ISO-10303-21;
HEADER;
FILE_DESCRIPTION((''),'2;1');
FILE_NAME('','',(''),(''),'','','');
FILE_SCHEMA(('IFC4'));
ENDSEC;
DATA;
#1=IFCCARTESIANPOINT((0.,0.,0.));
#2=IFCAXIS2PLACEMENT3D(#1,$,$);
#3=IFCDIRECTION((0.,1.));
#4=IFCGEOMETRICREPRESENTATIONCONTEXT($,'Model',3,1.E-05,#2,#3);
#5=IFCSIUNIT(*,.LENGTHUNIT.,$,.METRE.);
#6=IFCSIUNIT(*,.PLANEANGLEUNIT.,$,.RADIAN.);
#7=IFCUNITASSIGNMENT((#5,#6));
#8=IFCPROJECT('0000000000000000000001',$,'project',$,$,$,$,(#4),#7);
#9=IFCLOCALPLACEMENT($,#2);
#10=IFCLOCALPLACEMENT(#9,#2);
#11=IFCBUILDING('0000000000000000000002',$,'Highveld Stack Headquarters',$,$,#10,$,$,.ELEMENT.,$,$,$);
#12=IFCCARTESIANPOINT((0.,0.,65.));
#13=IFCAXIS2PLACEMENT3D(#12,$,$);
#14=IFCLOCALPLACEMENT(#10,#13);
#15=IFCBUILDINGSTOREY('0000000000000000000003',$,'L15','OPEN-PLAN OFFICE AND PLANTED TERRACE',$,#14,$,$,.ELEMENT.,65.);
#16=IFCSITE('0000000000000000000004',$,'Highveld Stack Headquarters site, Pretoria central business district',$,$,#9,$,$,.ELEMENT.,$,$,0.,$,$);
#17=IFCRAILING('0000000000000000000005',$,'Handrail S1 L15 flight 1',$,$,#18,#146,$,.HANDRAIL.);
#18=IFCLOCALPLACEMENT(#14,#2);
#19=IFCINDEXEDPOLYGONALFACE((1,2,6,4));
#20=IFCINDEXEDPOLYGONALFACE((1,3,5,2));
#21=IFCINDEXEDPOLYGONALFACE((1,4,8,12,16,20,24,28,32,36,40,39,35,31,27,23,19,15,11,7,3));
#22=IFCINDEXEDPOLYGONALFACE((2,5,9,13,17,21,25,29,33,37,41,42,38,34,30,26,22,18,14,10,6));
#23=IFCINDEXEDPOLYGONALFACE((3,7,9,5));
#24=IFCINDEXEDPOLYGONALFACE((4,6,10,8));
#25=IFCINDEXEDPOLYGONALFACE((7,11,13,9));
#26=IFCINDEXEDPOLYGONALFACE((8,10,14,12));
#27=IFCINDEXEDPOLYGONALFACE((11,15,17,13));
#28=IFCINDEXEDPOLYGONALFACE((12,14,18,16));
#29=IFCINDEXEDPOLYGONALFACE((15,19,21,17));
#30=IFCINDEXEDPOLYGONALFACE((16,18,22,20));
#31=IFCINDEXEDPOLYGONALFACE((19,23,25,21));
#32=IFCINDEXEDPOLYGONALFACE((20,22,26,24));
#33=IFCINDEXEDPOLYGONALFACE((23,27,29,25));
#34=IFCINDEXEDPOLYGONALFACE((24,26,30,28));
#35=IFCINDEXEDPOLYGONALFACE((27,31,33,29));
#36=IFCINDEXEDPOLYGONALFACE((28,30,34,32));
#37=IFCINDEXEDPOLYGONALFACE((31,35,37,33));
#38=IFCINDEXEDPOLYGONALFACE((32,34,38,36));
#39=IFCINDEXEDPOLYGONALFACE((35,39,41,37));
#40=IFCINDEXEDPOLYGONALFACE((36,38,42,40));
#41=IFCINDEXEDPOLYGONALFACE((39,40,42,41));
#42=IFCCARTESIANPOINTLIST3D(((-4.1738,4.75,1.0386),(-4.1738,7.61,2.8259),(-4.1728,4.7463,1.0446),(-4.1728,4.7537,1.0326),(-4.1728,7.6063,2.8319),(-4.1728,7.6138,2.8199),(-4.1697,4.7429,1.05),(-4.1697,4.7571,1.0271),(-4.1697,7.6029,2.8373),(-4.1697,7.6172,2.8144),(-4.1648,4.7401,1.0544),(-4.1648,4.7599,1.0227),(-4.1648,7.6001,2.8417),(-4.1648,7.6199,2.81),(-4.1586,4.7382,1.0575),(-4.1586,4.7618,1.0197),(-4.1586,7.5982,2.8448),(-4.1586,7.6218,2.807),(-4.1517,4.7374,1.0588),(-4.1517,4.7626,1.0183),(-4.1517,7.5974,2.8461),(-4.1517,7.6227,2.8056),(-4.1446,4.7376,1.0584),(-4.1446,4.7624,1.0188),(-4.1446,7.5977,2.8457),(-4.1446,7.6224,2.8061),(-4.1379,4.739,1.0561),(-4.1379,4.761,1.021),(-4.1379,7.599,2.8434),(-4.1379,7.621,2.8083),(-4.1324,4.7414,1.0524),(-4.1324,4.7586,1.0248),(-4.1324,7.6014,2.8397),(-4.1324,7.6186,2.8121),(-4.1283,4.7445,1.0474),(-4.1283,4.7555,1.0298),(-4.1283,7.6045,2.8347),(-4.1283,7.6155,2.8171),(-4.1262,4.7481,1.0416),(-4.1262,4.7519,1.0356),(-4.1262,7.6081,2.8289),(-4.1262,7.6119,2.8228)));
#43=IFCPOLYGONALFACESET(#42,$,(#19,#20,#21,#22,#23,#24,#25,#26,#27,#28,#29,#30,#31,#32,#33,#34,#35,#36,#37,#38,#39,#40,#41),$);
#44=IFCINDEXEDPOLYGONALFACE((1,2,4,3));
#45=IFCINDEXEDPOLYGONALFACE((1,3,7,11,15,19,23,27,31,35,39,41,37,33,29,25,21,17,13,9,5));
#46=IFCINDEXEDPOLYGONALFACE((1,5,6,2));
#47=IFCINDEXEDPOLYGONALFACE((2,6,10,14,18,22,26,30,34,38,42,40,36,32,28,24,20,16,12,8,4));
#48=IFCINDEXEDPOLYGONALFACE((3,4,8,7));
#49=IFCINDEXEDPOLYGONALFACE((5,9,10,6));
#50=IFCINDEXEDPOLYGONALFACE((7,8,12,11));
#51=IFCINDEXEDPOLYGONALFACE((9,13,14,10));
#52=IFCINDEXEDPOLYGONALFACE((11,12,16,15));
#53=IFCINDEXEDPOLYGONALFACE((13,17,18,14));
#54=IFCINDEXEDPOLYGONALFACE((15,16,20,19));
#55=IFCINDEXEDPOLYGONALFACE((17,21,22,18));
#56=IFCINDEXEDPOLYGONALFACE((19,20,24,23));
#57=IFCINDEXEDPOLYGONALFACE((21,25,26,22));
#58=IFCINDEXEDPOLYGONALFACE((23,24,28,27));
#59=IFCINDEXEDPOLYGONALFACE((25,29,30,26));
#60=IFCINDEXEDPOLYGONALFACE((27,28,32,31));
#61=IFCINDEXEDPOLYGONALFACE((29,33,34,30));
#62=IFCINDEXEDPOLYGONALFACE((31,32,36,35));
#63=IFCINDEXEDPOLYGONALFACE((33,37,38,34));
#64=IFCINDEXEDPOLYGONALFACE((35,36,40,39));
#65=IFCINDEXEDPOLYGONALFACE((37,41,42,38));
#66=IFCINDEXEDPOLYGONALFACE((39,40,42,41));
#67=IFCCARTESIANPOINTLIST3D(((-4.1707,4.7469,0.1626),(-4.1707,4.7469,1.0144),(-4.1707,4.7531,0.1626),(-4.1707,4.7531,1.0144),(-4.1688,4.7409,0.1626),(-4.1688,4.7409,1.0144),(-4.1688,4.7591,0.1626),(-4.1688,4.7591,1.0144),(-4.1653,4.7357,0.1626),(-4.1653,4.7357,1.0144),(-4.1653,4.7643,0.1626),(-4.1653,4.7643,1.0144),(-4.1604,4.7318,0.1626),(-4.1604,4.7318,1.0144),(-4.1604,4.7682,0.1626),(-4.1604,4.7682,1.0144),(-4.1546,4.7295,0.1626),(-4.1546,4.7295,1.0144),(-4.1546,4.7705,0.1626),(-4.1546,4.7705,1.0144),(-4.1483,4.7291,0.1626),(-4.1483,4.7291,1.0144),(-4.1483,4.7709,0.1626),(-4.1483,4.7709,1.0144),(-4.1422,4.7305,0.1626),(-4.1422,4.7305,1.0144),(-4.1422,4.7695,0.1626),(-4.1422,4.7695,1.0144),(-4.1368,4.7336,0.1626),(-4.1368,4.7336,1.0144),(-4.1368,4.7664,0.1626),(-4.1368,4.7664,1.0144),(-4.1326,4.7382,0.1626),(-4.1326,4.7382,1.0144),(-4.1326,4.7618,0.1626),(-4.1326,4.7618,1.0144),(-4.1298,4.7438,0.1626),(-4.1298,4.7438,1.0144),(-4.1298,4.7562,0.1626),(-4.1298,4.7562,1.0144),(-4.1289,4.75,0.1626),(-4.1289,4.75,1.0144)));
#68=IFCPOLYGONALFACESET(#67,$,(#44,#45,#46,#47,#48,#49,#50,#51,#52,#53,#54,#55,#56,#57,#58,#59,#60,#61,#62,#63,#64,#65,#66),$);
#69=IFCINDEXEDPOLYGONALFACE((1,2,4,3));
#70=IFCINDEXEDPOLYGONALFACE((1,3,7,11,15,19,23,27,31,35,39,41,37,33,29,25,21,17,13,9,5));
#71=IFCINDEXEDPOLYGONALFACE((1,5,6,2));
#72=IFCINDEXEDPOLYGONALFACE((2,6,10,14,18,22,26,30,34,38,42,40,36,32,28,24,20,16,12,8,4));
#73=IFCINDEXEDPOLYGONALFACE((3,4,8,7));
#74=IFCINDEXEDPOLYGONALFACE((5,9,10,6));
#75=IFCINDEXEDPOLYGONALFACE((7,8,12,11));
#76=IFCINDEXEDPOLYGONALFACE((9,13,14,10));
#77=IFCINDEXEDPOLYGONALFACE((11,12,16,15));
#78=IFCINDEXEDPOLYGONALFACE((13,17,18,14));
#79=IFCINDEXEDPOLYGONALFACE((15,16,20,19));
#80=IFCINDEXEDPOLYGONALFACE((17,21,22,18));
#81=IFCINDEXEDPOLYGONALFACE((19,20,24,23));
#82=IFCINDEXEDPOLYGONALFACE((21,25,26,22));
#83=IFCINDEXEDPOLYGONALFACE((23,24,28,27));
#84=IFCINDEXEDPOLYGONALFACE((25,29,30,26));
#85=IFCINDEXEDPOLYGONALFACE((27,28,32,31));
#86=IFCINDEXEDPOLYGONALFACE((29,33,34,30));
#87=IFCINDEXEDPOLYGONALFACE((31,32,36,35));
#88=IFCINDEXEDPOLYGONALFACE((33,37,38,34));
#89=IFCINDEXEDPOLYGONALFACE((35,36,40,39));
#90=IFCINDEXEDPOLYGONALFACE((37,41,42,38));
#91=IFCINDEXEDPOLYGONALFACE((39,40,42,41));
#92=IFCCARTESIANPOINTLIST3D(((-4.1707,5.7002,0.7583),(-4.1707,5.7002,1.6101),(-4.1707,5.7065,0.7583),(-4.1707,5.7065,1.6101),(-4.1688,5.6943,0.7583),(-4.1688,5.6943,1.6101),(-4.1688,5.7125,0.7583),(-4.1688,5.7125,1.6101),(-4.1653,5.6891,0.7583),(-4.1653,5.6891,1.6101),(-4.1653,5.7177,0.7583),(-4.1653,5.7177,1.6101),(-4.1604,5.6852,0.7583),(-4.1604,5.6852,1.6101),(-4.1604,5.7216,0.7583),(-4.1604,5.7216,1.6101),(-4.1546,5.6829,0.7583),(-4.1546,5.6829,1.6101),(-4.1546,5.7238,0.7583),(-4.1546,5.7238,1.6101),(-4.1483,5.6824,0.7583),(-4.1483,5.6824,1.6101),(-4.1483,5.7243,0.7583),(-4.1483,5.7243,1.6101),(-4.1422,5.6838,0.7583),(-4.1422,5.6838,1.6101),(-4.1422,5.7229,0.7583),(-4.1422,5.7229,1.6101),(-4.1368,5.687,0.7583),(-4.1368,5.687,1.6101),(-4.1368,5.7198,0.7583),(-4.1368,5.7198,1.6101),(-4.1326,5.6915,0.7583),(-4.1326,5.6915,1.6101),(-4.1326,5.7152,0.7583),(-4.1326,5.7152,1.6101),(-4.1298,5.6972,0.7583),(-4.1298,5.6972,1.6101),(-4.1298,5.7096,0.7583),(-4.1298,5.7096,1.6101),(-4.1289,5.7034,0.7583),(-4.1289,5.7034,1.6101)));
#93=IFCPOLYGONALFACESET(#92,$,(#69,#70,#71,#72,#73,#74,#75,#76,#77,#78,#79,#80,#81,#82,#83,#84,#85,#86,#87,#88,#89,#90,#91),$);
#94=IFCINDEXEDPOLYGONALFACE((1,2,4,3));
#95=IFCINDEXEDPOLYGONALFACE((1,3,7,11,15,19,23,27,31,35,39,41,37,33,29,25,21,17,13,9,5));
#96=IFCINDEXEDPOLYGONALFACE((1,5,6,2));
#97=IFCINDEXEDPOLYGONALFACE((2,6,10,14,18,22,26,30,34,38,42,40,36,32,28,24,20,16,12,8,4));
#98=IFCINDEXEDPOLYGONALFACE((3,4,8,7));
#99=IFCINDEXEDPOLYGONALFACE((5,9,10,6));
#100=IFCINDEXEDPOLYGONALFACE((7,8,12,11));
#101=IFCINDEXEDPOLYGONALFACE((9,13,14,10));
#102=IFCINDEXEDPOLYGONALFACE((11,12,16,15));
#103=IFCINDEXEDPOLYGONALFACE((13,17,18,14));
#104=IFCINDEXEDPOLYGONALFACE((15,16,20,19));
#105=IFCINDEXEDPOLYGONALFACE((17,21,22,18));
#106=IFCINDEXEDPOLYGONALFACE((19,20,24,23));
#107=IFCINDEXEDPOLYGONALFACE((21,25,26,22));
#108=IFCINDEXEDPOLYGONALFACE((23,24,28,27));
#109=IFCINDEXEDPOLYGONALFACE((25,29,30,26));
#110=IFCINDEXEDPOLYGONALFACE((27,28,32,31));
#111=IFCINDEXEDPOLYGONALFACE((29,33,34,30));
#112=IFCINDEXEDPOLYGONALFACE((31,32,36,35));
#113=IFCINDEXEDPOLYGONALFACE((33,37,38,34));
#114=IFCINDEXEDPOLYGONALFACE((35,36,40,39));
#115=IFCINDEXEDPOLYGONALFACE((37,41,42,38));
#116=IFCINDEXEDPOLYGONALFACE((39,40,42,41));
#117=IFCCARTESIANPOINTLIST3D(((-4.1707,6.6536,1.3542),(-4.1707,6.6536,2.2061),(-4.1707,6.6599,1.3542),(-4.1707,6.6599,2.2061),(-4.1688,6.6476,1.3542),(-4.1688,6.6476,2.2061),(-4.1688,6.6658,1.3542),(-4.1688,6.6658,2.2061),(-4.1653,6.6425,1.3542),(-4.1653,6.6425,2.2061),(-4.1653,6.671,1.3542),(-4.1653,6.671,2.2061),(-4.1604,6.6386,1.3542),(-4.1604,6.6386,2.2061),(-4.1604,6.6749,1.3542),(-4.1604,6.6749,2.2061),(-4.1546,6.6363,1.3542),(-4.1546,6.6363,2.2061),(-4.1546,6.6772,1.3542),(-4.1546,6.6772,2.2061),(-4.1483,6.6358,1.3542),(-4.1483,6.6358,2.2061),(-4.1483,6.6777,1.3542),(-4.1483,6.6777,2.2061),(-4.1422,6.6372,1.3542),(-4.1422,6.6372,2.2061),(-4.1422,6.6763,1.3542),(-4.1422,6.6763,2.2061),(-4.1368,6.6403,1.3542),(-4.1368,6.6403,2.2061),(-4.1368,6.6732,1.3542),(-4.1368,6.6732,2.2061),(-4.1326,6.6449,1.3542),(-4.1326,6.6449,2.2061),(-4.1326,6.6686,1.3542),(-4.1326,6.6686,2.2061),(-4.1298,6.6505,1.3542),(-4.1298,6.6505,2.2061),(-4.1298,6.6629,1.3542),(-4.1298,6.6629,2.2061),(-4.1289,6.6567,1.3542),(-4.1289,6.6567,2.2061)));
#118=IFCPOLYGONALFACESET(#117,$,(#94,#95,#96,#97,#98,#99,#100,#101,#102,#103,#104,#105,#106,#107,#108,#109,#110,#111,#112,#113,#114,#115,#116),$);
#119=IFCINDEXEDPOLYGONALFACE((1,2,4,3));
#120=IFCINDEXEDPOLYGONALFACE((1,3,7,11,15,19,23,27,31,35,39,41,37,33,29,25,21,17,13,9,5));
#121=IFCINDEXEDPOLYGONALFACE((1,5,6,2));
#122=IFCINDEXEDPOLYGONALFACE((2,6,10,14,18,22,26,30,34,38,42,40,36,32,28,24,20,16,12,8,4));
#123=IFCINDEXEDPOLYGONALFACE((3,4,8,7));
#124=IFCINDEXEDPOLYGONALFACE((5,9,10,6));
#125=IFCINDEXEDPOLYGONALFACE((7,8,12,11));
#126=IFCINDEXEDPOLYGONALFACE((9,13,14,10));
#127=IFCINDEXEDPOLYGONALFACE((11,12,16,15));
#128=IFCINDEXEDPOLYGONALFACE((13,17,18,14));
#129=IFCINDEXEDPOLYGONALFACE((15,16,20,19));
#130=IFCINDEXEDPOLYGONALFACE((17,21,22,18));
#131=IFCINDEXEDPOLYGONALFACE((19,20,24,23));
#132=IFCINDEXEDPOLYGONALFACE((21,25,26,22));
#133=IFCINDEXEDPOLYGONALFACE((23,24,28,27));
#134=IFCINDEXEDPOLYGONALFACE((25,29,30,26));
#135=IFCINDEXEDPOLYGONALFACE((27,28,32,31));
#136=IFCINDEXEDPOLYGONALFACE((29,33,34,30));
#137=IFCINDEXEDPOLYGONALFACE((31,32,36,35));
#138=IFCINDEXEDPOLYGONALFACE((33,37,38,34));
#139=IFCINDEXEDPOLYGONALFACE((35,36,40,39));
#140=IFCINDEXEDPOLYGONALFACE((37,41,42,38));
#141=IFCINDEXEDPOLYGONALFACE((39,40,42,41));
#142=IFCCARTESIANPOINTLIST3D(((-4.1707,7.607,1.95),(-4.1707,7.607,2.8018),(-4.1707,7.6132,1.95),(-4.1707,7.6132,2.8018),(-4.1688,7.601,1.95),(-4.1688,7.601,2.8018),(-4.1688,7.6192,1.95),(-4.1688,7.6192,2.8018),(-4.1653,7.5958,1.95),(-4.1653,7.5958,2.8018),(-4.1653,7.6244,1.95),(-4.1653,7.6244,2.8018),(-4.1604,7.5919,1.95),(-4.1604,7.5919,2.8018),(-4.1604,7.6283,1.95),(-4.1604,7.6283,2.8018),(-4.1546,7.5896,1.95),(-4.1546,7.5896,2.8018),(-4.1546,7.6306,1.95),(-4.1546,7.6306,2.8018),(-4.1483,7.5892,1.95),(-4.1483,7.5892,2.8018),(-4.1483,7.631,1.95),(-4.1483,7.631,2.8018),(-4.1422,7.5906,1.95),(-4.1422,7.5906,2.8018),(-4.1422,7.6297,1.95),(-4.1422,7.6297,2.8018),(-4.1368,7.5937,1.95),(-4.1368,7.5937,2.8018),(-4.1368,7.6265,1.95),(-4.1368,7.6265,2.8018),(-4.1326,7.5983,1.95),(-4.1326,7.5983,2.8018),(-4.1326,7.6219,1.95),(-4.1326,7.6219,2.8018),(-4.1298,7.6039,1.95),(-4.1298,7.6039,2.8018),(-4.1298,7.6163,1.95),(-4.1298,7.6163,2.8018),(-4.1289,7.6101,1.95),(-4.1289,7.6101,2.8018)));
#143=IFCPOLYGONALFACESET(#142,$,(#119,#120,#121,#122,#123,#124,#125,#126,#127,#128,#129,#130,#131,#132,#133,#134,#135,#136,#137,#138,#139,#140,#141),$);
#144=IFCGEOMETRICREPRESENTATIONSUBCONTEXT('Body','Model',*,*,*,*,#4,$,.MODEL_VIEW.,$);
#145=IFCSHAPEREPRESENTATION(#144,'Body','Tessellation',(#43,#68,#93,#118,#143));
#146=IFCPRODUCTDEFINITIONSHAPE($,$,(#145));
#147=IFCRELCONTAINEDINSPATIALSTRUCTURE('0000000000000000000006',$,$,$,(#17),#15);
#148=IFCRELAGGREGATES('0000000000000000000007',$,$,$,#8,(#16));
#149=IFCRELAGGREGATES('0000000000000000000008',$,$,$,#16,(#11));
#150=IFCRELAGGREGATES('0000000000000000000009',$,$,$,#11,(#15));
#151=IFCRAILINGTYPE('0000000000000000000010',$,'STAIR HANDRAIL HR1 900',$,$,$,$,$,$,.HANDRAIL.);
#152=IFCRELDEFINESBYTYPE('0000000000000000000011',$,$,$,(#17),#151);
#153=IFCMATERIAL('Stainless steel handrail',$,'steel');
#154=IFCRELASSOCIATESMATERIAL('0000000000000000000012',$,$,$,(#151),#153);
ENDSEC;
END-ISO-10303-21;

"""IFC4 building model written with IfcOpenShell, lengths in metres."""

from ifc_helpers import new_model, si_unit, direction, frame, origin, origin_2d, place, context, subcontext, project, spatial, circle, extrude, material, type_object, element, save


model = new_model("IFC4")

# Units and contexts
model_context = context("Model", 3, precision=1e-05, world=origin(), true_north=direction((0.0, 1.0)))
body_context = subcontext(model_context, "Body", "Model", "MODEL_VIEW")
ifc_project = project(units=[si_unit("LENGTHUNIT", "METRE"), si_unit("PLANEANGLEUNIT", "RADIAN")], contexts=[model_context])

# Site, building, storey
site_placement = place(None, origin())
site = spatial("IfcSite", under=ifc_project, at=site_placement, Name="Highveld Stack Headquarters site, Pretoria central business district", CompositionType="ELEMENT", RefElevation=0.0)
building_placement = place(site_placement, origin())
building = spatial("IfcBuilding", under=site, at=building_placement, Name="Highveld Stack Headquarters", CompositionType="ELEMENT")
storey_placement = place(building_placement, frame((0.0, 0.0, 65.0)))
storey = spatial("IfcBuildingStorey", under=building, at=storey_placement, Name="L15", Description="OPEN-PLAN OFFICE AND PLANTED TERRACE", CompositionType="ELEMENT", Elevation=65.0)

# Railing
ifc_material_1 = material(Name="Stainless steel handrail", Category="steel")
railing_type = type_object("IfcRailingType", Name="STAIR HANDRAIL HR1 900", PredefinedType="HANDRAIL", material=ifc_material_1)
for number, where, name in (
    (1, (-4.1499, 4.75, 0.1626), "Handrail S1 L15 flight 1"),
):
    element("IfcRailing", number, at=place(storey_placement, frame(where)), inside=storey, type_object=railing_type, Name=name, PredefinedType="HANDRAIL", context=body_context, shape_type="SweptSolid", body=[
        extrude(circle(Radius=0.0239, at=origin_2d()), frame((0.0, 0.0, 0.876), z_axis=(0.0, 0.848027, 0.529953), x_axis=(-1.0, 0.0, 0.0)), (0.0, 0.0, 1.0), 3.3726),
        extrude(circle(Radius=0.021, at=origin_2d()), origin(), (0.0, 0.0, 1.0), 0.8518),
        extrude(circle(Radius=0.021, at=origin_2d()), frame((0.0, 0.9534, 0.5957)), (0.0, 0.0, 1.0), 0.8518),
        extrude(circle(Radius=0.021, at=origin_2d()), frame((0.0, 1.9067, 1.1917)), (0.0, 0.0, 1.0), 0.8518),
        extrude(circle(Radius=0.021, at=origin_2d()), frame((0.0, 2.8601, 1.7874)), (0.0, 0.0, 1.0), 0.8518),
    ])

save(model, "model.ifc")
